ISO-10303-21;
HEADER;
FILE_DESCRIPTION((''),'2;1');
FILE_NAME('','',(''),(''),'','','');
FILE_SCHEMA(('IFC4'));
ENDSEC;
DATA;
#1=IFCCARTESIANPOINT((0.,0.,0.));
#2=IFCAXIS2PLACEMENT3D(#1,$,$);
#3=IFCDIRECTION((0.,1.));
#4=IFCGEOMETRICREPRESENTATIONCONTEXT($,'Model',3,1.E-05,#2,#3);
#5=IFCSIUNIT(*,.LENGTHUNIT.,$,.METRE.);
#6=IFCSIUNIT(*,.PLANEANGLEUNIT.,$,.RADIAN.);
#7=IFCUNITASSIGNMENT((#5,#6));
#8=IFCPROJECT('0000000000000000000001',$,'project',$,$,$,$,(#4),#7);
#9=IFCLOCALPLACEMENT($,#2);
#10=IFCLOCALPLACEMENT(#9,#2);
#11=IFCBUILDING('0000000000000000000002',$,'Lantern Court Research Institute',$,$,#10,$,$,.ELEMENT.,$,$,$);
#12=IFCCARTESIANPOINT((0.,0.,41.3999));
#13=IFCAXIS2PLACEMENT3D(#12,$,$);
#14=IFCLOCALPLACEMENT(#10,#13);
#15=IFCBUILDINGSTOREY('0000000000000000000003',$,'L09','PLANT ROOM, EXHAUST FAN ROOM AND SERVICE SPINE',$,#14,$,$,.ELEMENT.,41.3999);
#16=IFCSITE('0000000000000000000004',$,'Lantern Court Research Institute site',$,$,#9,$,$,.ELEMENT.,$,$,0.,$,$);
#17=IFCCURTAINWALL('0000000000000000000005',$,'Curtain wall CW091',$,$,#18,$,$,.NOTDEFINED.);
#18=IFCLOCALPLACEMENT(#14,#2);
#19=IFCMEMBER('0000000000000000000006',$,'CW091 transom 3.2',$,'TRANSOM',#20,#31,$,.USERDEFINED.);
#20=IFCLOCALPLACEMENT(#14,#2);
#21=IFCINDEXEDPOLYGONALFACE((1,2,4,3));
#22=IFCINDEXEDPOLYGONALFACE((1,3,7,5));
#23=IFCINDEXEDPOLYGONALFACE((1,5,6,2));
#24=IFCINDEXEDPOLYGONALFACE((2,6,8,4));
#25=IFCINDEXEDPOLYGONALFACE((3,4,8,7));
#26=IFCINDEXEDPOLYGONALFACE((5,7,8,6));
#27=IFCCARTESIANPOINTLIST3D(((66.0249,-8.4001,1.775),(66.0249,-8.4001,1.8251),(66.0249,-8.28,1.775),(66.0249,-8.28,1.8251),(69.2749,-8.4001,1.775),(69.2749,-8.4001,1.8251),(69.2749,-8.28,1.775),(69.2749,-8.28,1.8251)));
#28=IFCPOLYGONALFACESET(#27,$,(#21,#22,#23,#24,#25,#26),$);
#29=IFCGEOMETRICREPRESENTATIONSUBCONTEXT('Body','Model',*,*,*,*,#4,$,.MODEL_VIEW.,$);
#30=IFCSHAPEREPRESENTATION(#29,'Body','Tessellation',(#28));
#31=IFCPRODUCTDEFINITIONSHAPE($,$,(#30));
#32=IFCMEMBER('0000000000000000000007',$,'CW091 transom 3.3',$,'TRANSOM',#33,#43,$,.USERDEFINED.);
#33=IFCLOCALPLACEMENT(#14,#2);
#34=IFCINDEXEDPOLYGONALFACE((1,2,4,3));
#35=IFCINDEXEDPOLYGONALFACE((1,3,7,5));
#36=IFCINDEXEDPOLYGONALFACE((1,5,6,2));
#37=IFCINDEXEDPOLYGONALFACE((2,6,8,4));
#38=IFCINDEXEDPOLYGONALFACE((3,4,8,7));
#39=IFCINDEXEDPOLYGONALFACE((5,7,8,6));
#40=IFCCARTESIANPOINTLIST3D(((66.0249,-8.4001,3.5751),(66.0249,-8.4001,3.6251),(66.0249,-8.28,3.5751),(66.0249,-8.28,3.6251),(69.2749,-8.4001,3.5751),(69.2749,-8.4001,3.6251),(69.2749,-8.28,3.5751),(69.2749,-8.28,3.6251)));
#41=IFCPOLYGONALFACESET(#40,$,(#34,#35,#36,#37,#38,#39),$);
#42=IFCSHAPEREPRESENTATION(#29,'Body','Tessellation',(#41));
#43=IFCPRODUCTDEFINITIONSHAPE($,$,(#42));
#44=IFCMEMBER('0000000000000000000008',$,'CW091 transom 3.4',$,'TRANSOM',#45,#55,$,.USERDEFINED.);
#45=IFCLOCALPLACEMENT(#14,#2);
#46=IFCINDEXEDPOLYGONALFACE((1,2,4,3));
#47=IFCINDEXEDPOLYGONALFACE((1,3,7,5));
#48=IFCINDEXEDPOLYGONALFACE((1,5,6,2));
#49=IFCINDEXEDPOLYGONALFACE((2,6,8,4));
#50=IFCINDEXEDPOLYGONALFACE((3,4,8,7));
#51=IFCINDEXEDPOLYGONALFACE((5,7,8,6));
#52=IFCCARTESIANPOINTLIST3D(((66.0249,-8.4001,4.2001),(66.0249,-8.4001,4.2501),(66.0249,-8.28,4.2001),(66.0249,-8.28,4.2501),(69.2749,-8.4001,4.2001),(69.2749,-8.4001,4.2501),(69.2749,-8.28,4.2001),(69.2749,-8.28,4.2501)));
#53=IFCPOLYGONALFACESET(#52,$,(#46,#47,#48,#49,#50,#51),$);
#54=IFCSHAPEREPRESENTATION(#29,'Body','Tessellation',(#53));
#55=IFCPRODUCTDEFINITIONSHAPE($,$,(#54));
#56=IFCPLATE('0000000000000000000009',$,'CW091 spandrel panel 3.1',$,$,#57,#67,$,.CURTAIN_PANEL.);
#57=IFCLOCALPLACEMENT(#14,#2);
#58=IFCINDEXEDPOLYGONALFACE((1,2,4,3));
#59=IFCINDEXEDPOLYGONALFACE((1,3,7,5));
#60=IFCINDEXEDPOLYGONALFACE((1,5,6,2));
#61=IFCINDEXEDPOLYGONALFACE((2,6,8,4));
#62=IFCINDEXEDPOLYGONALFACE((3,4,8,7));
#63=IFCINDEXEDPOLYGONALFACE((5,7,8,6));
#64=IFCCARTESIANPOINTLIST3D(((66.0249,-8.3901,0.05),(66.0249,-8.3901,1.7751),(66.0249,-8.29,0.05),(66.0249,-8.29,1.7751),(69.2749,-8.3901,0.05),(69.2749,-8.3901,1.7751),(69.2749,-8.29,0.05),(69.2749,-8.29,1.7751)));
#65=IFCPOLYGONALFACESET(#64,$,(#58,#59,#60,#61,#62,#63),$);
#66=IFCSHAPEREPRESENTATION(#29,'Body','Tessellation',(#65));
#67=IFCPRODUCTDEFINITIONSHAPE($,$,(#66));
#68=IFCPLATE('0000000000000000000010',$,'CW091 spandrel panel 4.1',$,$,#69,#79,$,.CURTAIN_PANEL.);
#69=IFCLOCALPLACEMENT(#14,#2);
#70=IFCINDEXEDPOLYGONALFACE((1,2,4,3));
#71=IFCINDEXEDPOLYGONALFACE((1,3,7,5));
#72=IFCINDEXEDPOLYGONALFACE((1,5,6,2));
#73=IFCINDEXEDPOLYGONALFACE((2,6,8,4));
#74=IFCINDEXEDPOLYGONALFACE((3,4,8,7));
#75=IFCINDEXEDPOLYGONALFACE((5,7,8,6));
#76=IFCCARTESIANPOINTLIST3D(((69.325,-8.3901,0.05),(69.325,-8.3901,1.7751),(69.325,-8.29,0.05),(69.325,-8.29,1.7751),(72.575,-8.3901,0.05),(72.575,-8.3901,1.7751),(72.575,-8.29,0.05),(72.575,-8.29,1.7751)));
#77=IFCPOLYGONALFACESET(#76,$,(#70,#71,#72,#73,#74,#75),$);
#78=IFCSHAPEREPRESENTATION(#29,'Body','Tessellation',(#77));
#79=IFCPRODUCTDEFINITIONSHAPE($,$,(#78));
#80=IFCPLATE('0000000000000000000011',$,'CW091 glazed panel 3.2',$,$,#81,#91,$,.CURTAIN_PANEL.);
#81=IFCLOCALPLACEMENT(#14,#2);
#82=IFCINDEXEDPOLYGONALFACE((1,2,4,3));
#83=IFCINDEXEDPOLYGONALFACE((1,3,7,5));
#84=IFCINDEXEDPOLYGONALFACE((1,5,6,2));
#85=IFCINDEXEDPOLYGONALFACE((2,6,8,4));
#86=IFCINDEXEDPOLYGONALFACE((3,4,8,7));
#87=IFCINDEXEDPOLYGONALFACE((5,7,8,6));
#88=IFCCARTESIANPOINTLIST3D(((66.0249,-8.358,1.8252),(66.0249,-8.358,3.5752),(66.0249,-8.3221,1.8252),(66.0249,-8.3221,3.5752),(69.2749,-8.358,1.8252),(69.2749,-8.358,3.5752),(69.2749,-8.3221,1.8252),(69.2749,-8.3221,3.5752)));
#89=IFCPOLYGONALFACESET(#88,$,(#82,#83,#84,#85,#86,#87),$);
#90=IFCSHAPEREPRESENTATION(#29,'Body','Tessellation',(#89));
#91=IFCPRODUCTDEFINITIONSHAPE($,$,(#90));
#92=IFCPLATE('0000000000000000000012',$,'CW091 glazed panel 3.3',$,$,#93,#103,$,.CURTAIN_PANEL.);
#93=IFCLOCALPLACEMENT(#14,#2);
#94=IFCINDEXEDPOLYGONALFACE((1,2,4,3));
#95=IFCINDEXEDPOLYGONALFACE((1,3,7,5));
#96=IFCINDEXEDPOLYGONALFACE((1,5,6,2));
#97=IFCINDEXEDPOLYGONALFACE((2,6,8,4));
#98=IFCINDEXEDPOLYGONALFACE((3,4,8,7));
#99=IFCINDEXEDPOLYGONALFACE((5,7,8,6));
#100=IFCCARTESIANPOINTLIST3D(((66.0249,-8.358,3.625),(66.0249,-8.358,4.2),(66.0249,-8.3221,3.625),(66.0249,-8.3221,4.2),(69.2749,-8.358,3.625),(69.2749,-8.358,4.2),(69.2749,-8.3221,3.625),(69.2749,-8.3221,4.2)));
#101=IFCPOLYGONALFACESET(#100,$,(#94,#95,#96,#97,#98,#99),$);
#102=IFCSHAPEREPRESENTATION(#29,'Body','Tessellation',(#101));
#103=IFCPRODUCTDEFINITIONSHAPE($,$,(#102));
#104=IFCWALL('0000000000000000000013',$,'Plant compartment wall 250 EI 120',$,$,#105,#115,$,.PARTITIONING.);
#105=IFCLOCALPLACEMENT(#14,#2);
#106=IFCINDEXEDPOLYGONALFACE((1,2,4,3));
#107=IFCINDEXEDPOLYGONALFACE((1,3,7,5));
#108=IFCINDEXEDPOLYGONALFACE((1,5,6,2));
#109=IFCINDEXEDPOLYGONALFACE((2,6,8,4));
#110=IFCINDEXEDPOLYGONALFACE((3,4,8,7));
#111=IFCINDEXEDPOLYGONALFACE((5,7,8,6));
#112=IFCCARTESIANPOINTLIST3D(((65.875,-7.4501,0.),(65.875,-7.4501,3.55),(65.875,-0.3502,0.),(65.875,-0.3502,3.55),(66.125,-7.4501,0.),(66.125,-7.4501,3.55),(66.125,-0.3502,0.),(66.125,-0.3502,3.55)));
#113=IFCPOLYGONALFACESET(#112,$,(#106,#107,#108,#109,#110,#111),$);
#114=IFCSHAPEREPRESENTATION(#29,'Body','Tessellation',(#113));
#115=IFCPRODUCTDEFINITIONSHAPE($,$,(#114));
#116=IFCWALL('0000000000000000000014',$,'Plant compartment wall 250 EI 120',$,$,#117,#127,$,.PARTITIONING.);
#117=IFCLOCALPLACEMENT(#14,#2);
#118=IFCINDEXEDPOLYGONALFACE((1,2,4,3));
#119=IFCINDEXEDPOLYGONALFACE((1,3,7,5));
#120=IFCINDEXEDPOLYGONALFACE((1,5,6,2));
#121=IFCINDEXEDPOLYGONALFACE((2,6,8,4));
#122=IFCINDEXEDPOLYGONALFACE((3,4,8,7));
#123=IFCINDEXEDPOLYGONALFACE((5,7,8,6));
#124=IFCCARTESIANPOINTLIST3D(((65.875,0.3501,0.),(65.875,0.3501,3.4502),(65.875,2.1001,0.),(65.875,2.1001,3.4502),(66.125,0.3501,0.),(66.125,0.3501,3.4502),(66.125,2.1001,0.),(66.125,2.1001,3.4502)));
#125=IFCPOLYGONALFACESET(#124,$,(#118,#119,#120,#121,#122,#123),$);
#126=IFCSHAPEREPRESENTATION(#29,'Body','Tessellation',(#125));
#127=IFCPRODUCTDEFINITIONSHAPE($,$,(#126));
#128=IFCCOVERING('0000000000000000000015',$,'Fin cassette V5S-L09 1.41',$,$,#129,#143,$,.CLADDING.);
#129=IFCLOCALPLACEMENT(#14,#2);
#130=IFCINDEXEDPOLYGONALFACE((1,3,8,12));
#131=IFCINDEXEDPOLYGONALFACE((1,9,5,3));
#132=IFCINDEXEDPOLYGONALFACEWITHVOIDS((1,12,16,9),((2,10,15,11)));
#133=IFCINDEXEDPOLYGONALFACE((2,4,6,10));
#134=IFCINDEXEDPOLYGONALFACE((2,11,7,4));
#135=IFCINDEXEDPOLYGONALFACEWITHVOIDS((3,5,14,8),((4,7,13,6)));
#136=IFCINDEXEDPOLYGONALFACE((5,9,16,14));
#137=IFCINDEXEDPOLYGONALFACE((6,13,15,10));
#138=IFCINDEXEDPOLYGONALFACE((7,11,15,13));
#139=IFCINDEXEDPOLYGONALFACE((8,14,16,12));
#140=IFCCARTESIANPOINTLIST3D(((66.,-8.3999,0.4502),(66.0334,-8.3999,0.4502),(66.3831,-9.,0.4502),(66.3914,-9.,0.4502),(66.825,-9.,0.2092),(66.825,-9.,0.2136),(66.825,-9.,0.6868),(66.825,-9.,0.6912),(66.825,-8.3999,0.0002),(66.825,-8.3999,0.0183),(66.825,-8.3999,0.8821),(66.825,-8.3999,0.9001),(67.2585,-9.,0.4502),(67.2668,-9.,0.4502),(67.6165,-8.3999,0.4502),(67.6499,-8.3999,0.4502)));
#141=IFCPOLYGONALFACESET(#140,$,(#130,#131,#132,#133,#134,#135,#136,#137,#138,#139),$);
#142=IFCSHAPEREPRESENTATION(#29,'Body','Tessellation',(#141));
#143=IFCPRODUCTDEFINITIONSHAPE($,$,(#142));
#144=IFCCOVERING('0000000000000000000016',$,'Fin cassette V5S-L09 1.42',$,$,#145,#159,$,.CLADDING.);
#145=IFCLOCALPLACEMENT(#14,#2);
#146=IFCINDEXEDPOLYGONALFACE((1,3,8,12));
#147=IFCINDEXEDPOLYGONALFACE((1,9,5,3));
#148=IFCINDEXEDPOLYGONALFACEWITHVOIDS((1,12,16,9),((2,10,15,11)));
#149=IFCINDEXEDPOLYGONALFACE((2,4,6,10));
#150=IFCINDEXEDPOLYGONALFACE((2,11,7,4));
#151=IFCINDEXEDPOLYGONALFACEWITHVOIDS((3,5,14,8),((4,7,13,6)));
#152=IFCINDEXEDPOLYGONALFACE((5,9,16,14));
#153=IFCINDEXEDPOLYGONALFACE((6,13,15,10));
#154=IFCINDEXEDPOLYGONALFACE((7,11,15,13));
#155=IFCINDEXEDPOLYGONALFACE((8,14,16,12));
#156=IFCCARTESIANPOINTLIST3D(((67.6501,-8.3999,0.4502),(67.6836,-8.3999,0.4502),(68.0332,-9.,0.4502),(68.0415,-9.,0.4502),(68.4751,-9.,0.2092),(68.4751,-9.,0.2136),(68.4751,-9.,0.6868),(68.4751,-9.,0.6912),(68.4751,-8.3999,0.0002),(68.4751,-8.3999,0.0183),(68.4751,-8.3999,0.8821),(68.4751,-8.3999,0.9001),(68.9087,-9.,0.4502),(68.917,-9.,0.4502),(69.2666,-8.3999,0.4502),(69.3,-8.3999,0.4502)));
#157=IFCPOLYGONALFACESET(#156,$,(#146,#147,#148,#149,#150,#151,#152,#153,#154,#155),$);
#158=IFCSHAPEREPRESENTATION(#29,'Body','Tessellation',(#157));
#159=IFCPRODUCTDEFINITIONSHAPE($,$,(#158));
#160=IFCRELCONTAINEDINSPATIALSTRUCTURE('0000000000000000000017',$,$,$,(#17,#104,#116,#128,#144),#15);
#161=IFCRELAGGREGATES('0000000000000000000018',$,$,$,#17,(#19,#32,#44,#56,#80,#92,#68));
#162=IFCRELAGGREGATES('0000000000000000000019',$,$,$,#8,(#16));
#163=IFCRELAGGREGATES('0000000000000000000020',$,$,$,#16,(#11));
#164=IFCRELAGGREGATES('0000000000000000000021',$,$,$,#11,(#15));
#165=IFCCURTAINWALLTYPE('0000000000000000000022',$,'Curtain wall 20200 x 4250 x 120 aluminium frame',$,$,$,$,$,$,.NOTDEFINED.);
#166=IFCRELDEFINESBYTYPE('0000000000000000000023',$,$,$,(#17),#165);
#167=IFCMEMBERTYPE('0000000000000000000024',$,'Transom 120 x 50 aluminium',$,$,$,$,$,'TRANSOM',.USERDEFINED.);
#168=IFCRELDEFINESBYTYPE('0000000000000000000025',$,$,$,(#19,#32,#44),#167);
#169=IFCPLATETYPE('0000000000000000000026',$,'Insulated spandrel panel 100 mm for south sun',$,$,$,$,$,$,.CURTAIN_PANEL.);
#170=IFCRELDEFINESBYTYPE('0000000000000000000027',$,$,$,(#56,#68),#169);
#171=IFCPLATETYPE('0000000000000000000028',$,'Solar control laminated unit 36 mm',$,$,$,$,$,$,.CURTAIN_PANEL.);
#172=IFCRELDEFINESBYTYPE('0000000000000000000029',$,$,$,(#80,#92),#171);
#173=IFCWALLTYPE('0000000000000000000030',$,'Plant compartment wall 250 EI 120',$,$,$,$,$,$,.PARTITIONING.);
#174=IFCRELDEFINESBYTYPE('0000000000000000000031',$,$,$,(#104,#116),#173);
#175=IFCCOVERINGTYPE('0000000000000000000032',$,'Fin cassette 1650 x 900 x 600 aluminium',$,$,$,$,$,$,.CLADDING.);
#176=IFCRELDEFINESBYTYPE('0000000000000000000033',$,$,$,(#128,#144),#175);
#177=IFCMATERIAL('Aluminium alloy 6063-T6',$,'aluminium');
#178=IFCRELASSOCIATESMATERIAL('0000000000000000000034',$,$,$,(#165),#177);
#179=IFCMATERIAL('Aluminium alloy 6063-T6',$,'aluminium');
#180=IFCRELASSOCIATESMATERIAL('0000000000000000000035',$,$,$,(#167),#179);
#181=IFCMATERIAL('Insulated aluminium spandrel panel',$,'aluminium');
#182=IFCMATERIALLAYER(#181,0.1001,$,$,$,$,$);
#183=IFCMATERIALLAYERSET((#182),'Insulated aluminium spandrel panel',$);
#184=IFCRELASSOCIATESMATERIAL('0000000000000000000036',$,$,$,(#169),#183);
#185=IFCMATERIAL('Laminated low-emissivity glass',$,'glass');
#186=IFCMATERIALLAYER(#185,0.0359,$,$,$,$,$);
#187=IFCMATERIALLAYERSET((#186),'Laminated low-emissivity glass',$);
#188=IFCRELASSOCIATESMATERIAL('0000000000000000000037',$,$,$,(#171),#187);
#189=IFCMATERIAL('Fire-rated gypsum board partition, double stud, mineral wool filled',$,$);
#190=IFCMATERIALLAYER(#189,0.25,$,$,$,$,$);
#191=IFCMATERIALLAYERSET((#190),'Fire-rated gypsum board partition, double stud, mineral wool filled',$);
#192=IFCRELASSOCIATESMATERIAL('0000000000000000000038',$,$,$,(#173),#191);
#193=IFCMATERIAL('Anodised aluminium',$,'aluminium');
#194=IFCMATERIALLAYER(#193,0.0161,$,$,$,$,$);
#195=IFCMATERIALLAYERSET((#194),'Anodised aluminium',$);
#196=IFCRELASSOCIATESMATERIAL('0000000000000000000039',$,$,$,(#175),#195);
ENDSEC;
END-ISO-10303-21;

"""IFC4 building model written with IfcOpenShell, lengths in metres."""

from ifc_helpers import new_model, entity, si_unit, direction, frame, frame_2d, origin, origin_2d, place, context, subcontext, project, spatial, rectangle, extrude, material, layer, layer_set, material_profile, profile_set, type_object, element, aggregate, save


model = new_model("IFC4")

# Units and contexts
model_context = context("Model", 3, precision=1e-05, world=origin(), true_north=direction((0.0, 1.0)))
body_context = subcontext(model_context, "Body", "Model", "MODEL_VIEW")
ifc_project = project(units=[si_unit("LENGTHUNIT", "METRE"), si_unit("PLANEANGLEUNIT", "RADIAN")], contexts=[model_context])

# Site, building, storey
site_placement = place(None, origin())
site = spatial("IfcSite", under=ifc_project, at=site_placement, Name="Lantern Court Research Institute site", CompositionType="ELEMENT", RefElevation=0.0)
building_placement = place(site_placement, origin())
building = spatial("IfcBuilding", under=site, at=building_placement, Name="Lantern Court Research Institute", CompositionType="ELEMENT")
storey_placement = place(building_placement, frame((0.0, 0.0, 41.3999)))
storey = spatial("IfcBuildingStorey", under=building, at=storey_placement, Name="L09", Description="PLANT ROOM, EXHAUST FAN ROOM AND SERVICE SPINE", CompositionType="ELEMENT", Elevation=41.3999)

# Curtain wall
ifc_material_1 = material(Name="Aluminium alloy 6063-T6", Category="aluminium")
curtain_wall_type = type_object("IfcCurtainWallType", Name="Curtain wall 20200 x 4250 x 120 aluminium frame", PredefinedType="NOTDEFINED", material=ifc_material_1)
curtain_wall_placement = place(storey_placement, origin())
curtain_wall = element("IfcCurtainWall", 1, at=curtain_wall_placement, inside=storey, type_object=curtain_wall_type, Name="Curtain wall CW091", PredefinedType="NOTDEFINED")

# Members
ifc_material_2 = material(Name="Aluminium alloy 6063-T6", Category="aluminium")
ifc_material_profile_1 = material_profile(ifc_material_2, rectangle(XDim=0.1201, YDim=0.05, at=origin_2d()), Name="Transom 120 x 50")
ifc_profile_set_1 = profile_set([ifc_material_profile_1], Name="Aluminium alloy 6063-T6")
member_type_1 = type_object("IfcMemberType", Name="Transom 120 x 50 aluminium", ElementType="TRANSOM", PredefinedType="USERDEFINED", material=ifc_profile_set_1)
member_1_placement = place(storey_placement, frame((69.2749, -8.3401, 1.8), z_axis=(-1.0, 0.0, 0.0), x_axis=(0.0, -1.0, 0.0)))
member_1 = element("IfcMember", 2, at=member_1_placement, type_object=member_type_1, Name="CW091 transom 3.2", ObjectType="TRANSOM", PredefinedType="USERDEFINED", context=body_context, shape_type="SweptSolid", body=[
    extrude(rectangle(XDim=0.1201, YDim=0.05, at=origin_2d()), origin(), (0.0, 0.0, 1.0), 3.25),
])
member_2_placement = place(storey_placement, frame((69.2749, -8.3401, 3.6001), z_axis=(-1.0, 0.0, 0.0), x_axis=(0.0, -1.0, 0.0)))
member_2 = element("IfcMember", 3, at=member_2_placement, type_object=member_type_1, Name="CW091 transom 3.3", ObjectType="TRANSOM", PredefinedType="USERDEFINED", context=body_context, shape_type="SweptSolid", body=[
    extrude(rectangle(XDim=0.1201, YDim=0.05, at=origin_2d()), origin(), (0.0, 0.0, 1.0), 3.25),
])
member_3_placement = place(storey_placement, frame((69.2749, -8.3401, 4.2251), z_axis=(-1.0, 0.0, 0.0), x_axis=(0.0, -1.0, 0.0)))
member_3 = element("IfcMember", 4, at=member_3_placement, type_object=member_type_1, Name="CW091 transom 3.4", ObjectType="TRANSOM", PredefinedType="USERDEFINED", context=body_context, shape_type="SweptSolid", body=[
    extrude(rectangle(XDim=0.1201, YDim=0.05, at=origin_2d()), origin(), (0.0, 0.0, 1.0), 3.25),
])

# Plates
ifc_material_3 = material(Name="Insulated aluminium spandrel panel", Category="aluminium")
ifc_layer_1 = layer(ifc_material_3, 0.1001)
ifc_layer_set_1 = layer_set([ifc_layer_1], Name="Insulated aluminium spandrel panel")
plate_type_1 = type_object("IfcPlateType", Name="Insulated spandrel panel 100 mm for south sun", PredefinedType="CURTAIN_PANEL", material=ifc_layer_set_1)
plate_1_placement = place(storey_placement, frame((67.6499, -8.3401, 0.05), z_axis=(0.0, 0.0, 1.0), x_axis=(-1.0, 0.0, 0.0)))
plate_1 = element("IfcPlate", 5, at=plate_1_placement, type_object=plate_type_1, Name="CW091 spandrel panel 3.1", PredefinedType="CURTAIN_PANEL", context=body_context, shape_type="SweptSolid", body=[
    extrude(rectangle(XDim=3.25, YDim=0.1001, at=origin_2d()), origin(), (0.0, 0.0, 1.0), 1.7251),
])
plate_2_placement = place(storey_placement, frame((70.95, -8.3401, 0.05), z_axis=(0.0, 0.0, 1.0), x_axis=(-1.0, 0.0, 0.0)))
plate_2 = element("IfcPlate", 6, at=plate_2_placement, type_object=plate_type_1, Name="CW091 spandrel panel 4.1", PredefinedType="CURTAIN_PANEL", context=body_context, shape_type="SweptSolid", body=[
    extrude(rectangle(XDim=3.25, YDim=0.1001, at=origin_2d()), origin(), (0.0, 0.0, 1.0), 1.7251),
])
ifc_material_4 = material(Name="Laminated low-emissivity glass", Category="glass")
ifc_layer_2 = layer(ifc_material_4, 0.0359)
ifc_layer_set_2 = layer_set([ifc_layer_2], Name="Laminated low-emissivity glass")
plate_type_2 = type_object("IfcPlateType", Name="Solar control laminated unit 36 mm", PredefinedType="CURTAIN_PANEL", material=ifc_layer_set_2)
plate_3_placement = place(storey_placement, frame((67.6499, -8.3401, 1.8252), z_axis=(0.0, 0.0, 1.0), x_axis=(-1.0, 0.0, 0.0)))
plate_3 = element("IfcPlate", 7, at=plate_3_placement, type_object=plate_type_2, Name="CW091 glazed panel 3.2", PredefinedType="CURTAIN_PANEL", context=body_context, shape_type="SweptSolid", body=[
    extrude(rectangle(XDim=3.25, YDim=0.0359, at=origin_2d()), origin(), (0.0, 0.0, 1.0), 1.75),
])
plate_4_placement = place(storey_placement, frame((67.6499, -8.3401, 3.625), z_axis=(0.0, 0.0, 1.0), x_axis=(-1.0, 0.0, 0.0)))
plate_4 = element("IfcPlate", 8, at=plate_4_placement, type_object=plate_type_2, Name="CW091 glazed panel 3.3", PredefinedType="CURTAIN_PANEL", context=body_context, shape_type="SweptSolid", body=[
    extrude(rectangle(XDim=3.25, YDim=0.0359, at=origin_2d()), origin(), (0.0, 0.0, 1.0), 0.575),
])
aggregate(curtain_wall, [member_1, member_2, member_3, plate_1, plate_3, plate_4, plate_2])

# Walls
ifc_material_5 = material(Name="Fire-rated gypsum board partition, double stud, mineral wool filled")
ifc_layer_3 = layer(ifc_material_5, 0.25)
ifc_layer_set_3 = layer_set([ifc_layer_3], Name="Fire-rated gypsum board partition, double stud, mineral wool filled")
wall_type = type_object("IfcWallType", Name="Plant compartment wall 250 EI 120", PredefinedType="PARTITIONING", material=ifc_layer_set_3)
wall_1_placement = place(storey_placement, frame((66.0, -7.45, 0.0), z_axis=(0.0, 0.0, 1.0), x_axis=(0.0, 1.0, 0.0)))
element("IfcWall", 9, at=wall_1_placement, inside=storey, type_object=wall_type, Name="Plant compartment wall 250 EI 120", PredefinedType="PARTITIONING", context=body_context, shape_type="SweptSolid", body=[
    extrude(rectangle(XDim=7.0999, YDim=0.25, at=frame_2d((3.5498, 0.0))), origin(), (0.0, 0.0, 1.0), 3.55),
])
wall_2_placement = place(storey_placement, frame((66.0, 0.3501, 0.0), z_axis=(0.0, 0.0, 1.0), x_axis=(0.0, 1.0, 0.0)))
element("IfcWall", 10, at=wall_2_placement, inside=storey, type_object=wall_type, Name="Plant compartment wall 250 EI 120", PredefinedType="PARTITIONING", context=body_context, shape_type="SweptSolid", body=[
    extrude(rectangle(XDim=1.75, YDim=0.25, at=frame_2d((0.875, 0.0))), origin(), (0.0, 0.0, 1.0), 3.4502),
])

# Coverings
ifc_material_6 = material(Name="Anodised aluminium", Category="aluminium")
ifc_layer_4 = layer(ifc_material_6, 0.0161)
ifc_layer_set_4 = layer_set([ifc_layer_4], Name="Anodised aluminium")
covering_type = type_object("IfcCoveringType", Name="Fin cassette 1650 x 900 x 600 aluminium", PredefinedType="CLADDING", material=ifc_layer_set_4)
covering_1_placement = place(storey_placement, frame((66.825, -8.3999, 0.4502), z_axis=(0.0, -1.0, 0.0), x_axis=(1.0, 0.0, 0.0)))
cartesian_point_1 = entity("IfcCartesianPoint", [0.825, 0.0])
cartesian_point_2 = entity("IfcCartesianPoint", [0.7915, 0.0])
cartesian_point_3 = entity("IfcCartesianPoint", [0.4419, 0.0])
cartesian_point_4 = entity("IfcCartesianPoint", [0.4336, 0.0])
element("IfcCovering", 11, at=covering_1_placement, inside=storey, type_object=covering_type, Name="Fin cassette V5S-L09 1.41", PredefinedType="CLADDING", context=body_context, shape_type="SweptSolid", body=[
    entity("IfcExtrudedAreaSolidTapered", entity("IfcArbitraryProfileDefWithVoids", "AREA", None, entity("IfcPolyline", [cartesian_point_1, entity("IfcCartesianPoint", [0.0, 0.45]), entity("IfcCartesianPoint", [-0.825, 0.0]), entity("IfcCartesianPoint", [0.0, -0.45]), cartesian_point_1]), [entity("IfcPolyline", [cartesian_point_2, entity("IfcCartesianPoint", [0.0, 0.4319]), entity("IfcCartesianPoint", [-0.7915, 0.0]), entity("IfcCartesianPoint", [0.0, -0.4319]), cartesian_point_2])]), entity("IfcAxis2Placement3D", entity("IfcCartesianPoint", [0.0, 0.0, 0.0])), entity("IfcDirection", [0.0, 0.0, 1.0]), 0.6001, entity("IfcArbitraryProfileDefWithVoids", "AREA", None, entity("IfcPolyline", [cartesian_point_3, entity("IfcCartesianPoint", [0.0, 0.241]), entity("IfcCartesianPoint", [-0.4419, 0.0]), entity("IfcCartesianPoint", [0.0, -0.241]), cartesian_point_3]), [entity("IfcPolyline", [cartesian_point_4, entity("IfcCartesianPoint", [0.0, 0.2366]), entity("IfcCartesianPoint", [-0.4336, 0.0]), entity("IfcCartesianPoint", [0.0, -0.2366]), cartesian_point_4])])),
])
covering_2_placement = place(storey_placement, frame((68.4751, -8.3999, 0.4502), z_axis=(0.0, -1.0, 0.0), x_axis=(1.0, 0.0, 0.0)))
cartesian_point_5 = entity("IfcCartesianPoint", [0.825, 0.0])
cartesian_point_6 = entity("IfcCartesianPoint", [0.7915, 0.0])
cartesian_point_7 = entity("IfcCartesianPoint", [0.4419, 0.0])
cartesian_point_8 = entity("IfcCartesianPoint", [0.4336, 0.0])
element("IfcCovering", 12, at=covering_2_placement, inside=storey, type_object=covering_type, Name="Fin cassette V5S-L09 1.42", PredefinedType="CLADDING", context=body_context, shape_type="SweptSolid", body=[
    entity("IfcExtrudedAreaSolidTapered", entity("IfcArbitraryProfileDefWithVoids", "AREA", None, entity("IfcPolyline", [cartesian_point_5, entity("IfcCartesianPoint", [0.0, 0.45]), entity("IfcCartesianPoint", [-0.825, 0.0]), entity("IfcCartesianPoint", [0.0, -0.45]), cartesian_point_5]), [entity("IfcPolyline", [cartesian_point_6, entity("IfcCartesianPoint", [0.0, 0.4319]), entity("IfcCartesianPoint", [-0.7915, 0.0]), entity("IfcCartesianPoint", [0.0, -0.4319]), cartesian_point_6])]), entity("IfcAxis2Placement3D", entity("IfcCartesianPoint", [0.0, 0.0, 0.0])), entity("IfcDirection", [0.0, 0.0, 1.0]), 0.6001, entity("IfcArbitraryProfileDefWithVoids", "AREA", None, entity("IfcPolyline", [cartesian_point_7, entity("IfcCartesianPoint", [0.0, 0.241]), entity("IfcCartesianPoint", [-0.4419, 0.0]), entity("IfcCartesianPoint", [0.0, -0.241]), cartesian_point_7]), [entity("IfcPolyline", [cartesian_point_8, entity("IfcCartesianPoint", [0.0, 0.2366]), entity("IfcCartesianPoint", [-0.4336, 0.0]), entity("IfcCartesianPoint", [0.0, -0.2366]), cartesian_point_8])])),
])

save(model, "model.ifc")
